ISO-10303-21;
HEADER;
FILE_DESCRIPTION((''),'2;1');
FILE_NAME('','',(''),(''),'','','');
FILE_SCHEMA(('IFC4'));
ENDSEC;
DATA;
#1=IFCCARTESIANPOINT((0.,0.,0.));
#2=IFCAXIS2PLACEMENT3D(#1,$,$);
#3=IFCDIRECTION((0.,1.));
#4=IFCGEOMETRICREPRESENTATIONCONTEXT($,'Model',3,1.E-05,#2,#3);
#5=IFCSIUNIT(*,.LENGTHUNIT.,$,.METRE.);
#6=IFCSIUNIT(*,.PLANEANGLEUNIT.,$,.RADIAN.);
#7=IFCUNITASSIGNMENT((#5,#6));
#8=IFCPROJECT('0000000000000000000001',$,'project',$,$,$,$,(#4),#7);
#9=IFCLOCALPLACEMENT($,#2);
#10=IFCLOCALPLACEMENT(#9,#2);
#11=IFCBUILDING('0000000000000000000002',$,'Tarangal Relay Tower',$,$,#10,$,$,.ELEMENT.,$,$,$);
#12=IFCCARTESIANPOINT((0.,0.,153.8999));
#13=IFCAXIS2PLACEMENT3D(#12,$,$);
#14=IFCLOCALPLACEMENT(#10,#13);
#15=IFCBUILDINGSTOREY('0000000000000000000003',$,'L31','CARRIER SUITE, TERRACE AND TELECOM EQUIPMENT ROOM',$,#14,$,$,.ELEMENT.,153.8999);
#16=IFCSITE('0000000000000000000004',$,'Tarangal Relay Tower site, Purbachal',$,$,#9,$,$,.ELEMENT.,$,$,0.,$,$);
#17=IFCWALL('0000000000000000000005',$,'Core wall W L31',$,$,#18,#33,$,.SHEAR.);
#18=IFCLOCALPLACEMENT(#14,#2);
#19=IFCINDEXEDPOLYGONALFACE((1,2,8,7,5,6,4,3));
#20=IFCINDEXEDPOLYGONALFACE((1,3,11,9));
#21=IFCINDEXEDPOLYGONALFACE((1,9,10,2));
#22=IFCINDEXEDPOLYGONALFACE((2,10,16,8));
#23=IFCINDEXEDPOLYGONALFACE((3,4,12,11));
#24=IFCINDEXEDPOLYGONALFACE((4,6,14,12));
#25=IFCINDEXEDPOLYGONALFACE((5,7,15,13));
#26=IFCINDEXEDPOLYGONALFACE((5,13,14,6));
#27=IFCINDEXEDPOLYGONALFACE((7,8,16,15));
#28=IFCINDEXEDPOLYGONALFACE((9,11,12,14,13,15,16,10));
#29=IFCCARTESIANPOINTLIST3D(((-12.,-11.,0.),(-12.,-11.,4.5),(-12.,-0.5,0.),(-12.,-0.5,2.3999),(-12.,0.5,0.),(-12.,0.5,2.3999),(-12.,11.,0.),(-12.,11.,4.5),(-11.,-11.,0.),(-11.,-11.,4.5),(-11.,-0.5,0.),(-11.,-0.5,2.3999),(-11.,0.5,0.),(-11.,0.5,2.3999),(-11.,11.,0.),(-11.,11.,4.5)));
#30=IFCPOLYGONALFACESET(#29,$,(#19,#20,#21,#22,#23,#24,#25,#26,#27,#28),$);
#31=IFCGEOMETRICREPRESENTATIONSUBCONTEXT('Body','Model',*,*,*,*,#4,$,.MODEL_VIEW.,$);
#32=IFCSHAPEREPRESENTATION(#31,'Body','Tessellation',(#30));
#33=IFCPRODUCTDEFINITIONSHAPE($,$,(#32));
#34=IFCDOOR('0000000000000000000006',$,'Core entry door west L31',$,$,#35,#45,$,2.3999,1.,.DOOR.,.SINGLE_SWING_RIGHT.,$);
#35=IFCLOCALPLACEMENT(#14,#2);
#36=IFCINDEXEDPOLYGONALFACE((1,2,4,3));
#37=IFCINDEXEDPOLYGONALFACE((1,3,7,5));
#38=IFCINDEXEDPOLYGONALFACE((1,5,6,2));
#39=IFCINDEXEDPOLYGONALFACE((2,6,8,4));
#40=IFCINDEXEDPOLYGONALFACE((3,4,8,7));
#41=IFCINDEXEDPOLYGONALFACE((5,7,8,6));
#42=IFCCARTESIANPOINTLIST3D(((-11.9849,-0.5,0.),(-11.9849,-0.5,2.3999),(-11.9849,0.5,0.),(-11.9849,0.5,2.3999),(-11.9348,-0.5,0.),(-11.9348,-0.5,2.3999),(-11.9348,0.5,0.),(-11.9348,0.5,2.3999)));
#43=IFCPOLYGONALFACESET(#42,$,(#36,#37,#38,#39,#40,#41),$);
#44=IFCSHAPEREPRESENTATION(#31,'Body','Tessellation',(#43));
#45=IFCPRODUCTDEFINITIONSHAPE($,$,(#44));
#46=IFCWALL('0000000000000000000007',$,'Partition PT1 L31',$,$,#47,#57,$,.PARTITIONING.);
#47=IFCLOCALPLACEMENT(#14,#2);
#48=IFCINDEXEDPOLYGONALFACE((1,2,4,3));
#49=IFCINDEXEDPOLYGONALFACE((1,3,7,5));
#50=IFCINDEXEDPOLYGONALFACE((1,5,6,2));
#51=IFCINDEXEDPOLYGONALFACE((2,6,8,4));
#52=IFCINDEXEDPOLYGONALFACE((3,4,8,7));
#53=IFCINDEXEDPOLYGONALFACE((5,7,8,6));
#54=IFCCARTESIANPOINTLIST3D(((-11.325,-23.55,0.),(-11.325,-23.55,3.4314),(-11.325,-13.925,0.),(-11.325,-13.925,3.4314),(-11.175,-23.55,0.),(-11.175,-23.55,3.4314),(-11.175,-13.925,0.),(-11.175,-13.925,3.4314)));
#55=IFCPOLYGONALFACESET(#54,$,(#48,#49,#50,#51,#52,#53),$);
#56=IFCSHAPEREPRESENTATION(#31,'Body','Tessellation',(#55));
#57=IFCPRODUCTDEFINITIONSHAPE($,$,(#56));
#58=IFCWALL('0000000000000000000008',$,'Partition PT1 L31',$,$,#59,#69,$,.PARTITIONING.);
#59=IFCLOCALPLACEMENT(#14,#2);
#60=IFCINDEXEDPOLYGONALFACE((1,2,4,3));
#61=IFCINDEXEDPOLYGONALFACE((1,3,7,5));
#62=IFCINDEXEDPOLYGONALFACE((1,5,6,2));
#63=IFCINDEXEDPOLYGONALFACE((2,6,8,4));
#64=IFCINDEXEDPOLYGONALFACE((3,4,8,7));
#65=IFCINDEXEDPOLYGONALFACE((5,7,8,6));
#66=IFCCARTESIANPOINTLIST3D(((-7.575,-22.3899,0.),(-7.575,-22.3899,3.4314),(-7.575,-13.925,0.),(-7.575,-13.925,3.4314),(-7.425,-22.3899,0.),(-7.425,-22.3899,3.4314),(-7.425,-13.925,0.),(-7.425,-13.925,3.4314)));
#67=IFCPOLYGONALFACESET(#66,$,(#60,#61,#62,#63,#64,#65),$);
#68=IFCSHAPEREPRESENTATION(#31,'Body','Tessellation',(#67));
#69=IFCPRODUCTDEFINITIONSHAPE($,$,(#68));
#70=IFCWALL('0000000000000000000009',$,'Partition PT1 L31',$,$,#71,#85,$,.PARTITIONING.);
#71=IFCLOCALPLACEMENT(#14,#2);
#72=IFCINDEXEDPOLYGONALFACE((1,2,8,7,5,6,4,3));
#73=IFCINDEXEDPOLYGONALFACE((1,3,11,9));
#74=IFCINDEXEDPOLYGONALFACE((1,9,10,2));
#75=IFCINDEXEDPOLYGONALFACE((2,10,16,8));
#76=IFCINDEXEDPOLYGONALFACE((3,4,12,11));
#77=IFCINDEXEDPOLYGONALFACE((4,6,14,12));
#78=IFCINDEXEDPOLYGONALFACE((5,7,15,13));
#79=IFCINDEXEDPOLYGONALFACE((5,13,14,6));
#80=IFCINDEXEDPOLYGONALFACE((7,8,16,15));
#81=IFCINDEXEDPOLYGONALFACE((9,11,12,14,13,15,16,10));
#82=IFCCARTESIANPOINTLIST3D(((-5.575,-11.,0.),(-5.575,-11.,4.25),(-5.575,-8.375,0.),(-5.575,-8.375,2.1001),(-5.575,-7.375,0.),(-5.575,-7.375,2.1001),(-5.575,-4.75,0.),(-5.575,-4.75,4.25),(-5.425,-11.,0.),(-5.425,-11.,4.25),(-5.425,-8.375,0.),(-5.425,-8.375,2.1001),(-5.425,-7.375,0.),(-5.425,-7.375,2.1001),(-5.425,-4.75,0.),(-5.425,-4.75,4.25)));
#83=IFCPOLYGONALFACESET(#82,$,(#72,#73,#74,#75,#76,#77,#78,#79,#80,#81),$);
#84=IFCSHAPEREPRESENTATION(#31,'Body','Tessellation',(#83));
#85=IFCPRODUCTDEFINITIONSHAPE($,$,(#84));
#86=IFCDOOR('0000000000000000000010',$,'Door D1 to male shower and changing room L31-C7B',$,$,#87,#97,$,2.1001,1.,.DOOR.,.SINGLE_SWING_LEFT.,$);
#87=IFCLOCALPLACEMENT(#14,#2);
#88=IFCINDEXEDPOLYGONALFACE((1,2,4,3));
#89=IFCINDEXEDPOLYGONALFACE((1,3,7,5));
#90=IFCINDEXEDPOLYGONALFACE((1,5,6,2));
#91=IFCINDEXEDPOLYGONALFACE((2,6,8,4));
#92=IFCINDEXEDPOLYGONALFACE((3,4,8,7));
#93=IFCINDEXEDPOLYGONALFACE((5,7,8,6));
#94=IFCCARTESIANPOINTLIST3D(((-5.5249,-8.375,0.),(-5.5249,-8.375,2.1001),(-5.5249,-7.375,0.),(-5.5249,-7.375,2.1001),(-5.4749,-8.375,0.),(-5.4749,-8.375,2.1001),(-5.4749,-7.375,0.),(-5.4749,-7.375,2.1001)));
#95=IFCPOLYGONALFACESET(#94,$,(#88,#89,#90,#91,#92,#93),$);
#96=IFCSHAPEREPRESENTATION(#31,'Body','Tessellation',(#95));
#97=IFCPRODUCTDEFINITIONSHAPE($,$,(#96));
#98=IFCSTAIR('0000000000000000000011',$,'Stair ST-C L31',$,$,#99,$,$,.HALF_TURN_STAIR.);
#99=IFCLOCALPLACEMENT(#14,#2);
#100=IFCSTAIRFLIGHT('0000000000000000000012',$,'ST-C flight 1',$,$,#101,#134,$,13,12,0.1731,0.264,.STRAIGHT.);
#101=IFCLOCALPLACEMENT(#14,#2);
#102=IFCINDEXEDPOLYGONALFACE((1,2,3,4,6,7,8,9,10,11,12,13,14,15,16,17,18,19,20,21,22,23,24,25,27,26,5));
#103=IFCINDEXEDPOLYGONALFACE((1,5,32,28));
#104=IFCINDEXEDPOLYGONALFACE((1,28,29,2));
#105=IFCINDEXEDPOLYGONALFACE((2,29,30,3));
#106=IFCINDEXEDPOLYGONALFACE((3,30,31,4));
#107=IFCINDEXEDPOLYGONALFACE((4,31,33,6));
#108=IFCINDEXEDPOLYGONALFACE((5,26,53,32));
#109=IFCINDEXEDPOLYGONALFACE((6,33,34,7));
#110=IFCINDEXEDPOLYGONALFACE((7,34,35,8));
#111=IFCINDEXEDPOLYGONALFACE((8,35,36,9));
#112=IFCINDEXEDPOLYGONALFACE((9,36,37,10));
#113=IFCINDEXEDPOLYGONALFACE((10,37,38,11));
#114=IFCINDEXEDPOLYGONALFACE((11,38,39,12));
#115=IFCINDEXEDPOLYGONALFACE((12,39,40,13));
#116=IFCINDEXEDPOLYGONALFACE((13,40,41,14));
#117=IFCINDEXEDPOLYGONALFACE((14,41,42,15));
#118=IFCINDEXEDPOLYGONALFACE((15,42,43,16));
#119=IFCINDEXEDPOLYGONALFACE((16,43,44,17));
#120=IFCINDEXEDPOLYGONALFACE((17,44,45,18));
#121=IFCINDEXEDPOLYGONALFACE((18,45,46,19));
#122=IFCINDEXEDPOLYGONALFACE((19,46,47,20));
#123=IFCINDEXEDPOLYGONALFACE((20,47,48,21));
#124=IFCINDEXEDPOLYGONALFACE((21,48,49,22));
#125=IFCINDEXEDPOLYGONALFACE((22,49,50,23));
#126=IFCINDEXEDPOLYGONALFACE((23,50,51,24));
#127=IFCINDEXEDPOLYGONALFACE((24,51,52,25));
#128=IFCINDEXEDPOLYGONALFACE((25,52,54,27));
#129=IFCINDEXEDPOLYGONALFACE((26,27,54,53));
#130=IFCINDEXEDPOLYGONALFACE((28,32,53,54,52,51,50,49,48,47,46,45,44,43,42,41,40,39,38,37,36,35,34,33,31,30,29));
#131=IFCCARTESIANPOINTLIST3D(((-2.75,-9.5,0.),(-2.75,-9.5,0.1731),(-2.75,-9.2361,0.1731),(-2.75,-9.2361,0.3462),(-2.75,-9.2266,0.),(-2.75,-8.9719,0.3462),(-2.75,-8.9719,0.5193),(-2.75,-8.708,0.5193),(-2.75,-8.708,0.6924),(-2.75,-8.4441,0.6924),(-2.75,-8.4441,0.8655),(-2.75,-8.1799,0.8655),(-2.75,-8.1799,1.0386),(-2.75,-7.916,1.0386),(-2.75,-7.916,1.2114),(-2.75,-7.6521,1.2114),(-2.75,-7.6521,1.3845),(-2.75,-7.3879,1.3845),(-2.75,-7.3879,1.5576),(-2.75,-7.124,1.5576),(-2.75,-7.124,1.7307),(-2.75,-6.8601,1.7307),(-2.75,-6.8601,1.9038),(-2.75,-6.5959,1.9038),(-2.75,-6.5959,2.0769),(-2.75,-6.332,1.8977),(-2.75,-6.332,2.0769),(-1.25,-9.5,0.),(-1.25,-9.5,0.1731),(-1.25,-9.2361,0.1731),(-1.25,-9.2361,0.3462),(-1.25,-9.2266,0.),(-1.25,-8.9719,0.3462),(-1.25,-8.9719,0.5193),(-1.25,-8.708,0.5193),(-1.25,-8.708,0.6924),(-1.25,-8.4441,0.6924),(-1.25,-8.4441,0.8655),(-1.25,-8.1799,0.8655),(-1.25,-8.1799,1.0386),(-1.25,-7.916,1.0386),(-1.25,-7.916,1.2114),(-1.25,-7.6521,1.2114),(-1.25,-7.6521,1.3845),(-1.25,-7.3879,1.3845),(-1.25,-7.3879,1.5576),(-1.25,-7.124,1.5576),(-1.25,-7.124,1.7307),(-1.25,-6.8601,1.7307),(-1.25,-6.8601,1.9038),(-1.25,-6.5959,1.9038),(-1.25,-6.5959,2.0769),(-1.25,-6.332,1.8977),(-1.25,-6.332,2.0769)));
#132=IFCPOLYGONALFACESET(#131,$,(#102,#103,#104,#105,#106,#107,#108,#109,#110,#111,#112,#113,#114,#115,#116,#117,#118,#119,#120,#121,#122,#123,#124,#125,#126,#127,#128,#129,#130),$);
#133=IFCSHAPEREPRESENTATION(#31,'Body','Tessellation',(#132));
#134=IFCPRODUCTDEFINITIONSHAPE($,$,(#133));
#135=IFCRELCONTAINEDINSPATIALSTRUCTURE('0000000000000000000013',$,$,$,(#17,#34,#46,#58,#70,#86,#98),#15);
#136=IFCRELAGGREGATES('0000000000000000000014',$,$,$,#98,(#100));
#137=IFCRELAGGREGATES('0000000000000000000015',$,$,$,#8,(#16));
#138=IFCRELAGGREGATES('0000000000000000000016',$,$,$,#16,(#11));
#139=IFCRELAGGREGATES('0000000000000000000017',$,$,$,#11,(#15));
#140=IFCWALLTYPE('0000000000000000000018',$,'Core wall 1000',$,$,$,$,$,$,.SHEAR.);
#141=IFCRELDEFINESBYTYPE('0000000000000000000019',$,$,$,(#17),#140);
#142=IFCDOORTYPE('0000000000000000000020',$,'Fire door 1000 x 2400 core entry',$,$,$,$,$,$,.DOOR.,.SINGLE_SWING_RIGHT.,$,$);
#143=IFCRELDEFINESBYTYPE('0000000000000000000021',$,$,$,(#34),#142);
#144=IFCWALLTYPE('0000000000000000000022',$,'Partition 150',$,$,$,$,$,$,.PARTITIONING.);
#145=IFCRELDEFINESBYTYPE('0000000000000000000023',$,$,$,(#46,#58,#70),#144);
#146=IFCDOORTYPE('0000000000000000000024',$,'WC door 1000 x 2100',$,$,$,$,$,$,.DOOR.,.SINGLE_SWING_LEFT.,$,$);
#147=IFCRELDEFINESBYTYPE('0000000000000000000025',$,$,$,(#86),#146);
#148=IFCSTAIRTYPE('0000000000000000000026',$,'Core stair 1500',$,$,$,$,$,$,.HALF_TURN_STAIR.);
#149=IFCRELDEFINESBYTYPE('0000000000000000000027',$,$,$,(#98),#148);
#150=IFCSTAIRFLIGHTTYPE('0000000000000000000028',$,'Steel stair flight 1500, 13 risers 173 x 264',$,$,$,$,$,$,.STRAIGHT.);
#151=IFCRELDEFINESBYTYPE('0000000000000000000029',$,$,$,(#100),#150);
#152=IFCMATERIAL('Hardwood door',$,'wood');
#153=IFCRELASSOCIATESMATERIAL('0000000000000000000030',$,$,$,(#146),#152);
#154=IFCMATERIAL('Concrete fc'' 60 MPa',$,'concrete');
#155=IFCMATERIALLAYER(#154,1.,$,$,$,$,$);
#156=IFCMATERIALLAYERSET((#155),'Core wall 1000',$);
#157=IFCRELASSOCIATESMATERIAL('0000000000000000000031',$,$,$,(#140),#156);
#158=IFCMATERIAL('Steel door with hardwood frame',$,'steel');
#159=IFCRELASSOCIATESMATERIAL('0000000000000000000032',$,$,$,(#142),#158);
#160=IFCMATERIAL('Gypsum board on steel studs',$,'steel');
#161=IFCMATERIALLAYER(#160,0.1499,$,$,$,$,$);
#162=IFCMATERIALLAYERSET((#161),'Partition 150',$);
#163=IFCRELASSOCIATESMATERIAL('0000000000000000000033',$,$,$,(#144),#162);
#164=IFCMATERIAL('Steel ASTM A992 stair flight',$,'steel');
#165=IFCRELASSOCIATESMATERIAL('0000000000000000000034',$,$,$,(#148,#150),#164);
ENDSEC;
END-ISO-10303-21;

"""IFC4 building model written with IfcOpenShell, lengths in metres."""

from ifc_helpers import new_model, si_unit, direction, frame, frame_2d, origin, place, context, subcontext, project, spatial, polyline, rectangle, outline, extrude, material, layer, layer_set, type_object, element, fill, aggregate, save


model = new_model("IFC4")

# Units and contexts
model_context = context("Model", 3, precision=1e-05, world=origin(), true_north=direction((0.0, 1.0)))
body_context = subcontext(model_context, "Body", "Model", "MODEL_VIEW")
ifc_project = project(units=[si_unit("LENGTHUNIT", "METRE"), si_unit("PLANEANGLEUNIT", "RADIAN")], contexts=[model_context])

# Site, building, storey
site_placement = place(None, origin())
site = spatial("IfcSite", under=ifc_project, at=site_placement, Name="Tarangal Relay Tower site, Purbachal", CompositionType="ELEMENT", RefElevation=0.0)
building_placement = place(site_placement, origin())
building = spatial("IfcBuilding", under=site, at=building_placement, Name="Tarangal Relay Tower", CompositionType="ELEMENT")
storey_placement = place(building_placement, frame((0.0, 0.0, 153.8999)))
storey = spatial("IfcBuildingStorey", under=building, at=storey_placement, Name="L31", Description="CARRIER SUITE, TERRACE AND TELECOM EQUIPMENT ROOM", CompositionType="ELEMENT", Elevation=153.8999)

# Shared definitions
ifc_material_1 = material(Name="Concrete fc' 60 MPa", Category="concrete")

# Shared definitions
ifc_material_2 = material(Name="Hardwood door", Category="wood")
door_type_1 = type_object("IfcDoorType", Name="WC door 1000 x 2100", OperationType="SINGLE_SWING_LEFT", PredefinedType="DOOR", material=ifc_material_2)

# Wall, opening, door
ifc_layer_1 = layer(ifc_material_1, 1.0)
ifc_layer_set_1 = layer_set([ifc_layer_1], Name="Core wall 1000")
wall_type_1 = type_object("IfcWallType", Name="Core wall 1000", PredefinedType="SHEAR", material=ifc_layer_set_1)
wall_1_placement = place(storey_placement, frame((-11.5, -11.0, 0.0), z_axis=(0.0, 0.0, 1.0), x_axis=(0.0, 1.0, 0.0)))
wall_1 = element("IfcWall", 1, at=wall_1_placement, inside=storey, type_object=wall_type_1, Name="Core wall W L31", PredefinedType="SHEAR", context=body_context, shape_type="SweptSolid", body=[
    extrude(rectangle(XDim=22.0, YDim=1.0, at=frame_2d((11.0, 0.0))), origin(), (0.0, 0.0, 1.0), 4.5),
])
opening_1_placement = place(wall_1_placement, frame((10.5, 0.0, 0.0)))
opening_1 = element("IfcOpeningElement", 2, at=opening_1_placement, cuts=wall_1, PredefinedType="OPENING", context=body_context, shape_type="SweptSolid", body=[
    extrude(rectangle(XDim=1.0, YDim=2.3999, at=frame_2d((0.5, 1.2))), frame((0.0, 0.51, 0.0), z_axis=(0.0, -1.0, 0.0), x_axis=(1.0, 0.0, 0.0)), (0.0, 0.0, 1.0), 1.02),
])
ifc_material_3 = material(Name="Steel door with hardwood frame", Category="steel")
door_type_2 = type_object("IfcDoorType", Name="Fire door 1000 x 2400 core entry", OperationType="SINGLE_SWING_RIGHT", PredefinedType="DOOR", material=ifc_material_3)
door_1_placement = place(opening_1_placement, origin())
door_1 = element("IfcDoor", 3, at=door_1_placement, inside=storey, type_object=door_type_2, Name="Core entry door west L31", OperationType="SINGLE_SWING_RIGHT", OverallHeight=2.3999, OverallWidth=1.0, PredefinedType="DOOR", context=body_context, shape_type="SweptSolid", body=[
    extrude(rectangle(XDim=1.0, YDim=2.3999, at=frame_2d((0.5, 1.2))), frame((0.0, 0.4849, 0.0), z_axis=(0.0, -1.0, 0.0), x_axis=(1.0, 0.0, 0.0)), (0.0, 0.0, 1.0), 0.05),
])
fill(opening_1, door_1)

# Walls
ifc_material_4 = material(Name="Gypsum board on steel studs", Category="steel")
ifc_layer_2 = layer(ifc_material_4, 0.1499)
ifc_layer_set_2 = layer_set([ifc_layer_2], Name="Partition 150")
wall_type_2 = type_object("IfcWallType", Name="Partition 150", PredefinedType="PARTITIONING", material=ifc_layer_set_2)
wall_2_placement = place(storey_placement, frame((-11.25, -23.55, 0.0), z_axis=(0.0, 0.0, 1.0), x_axis=(0.0, 1.0, 0.0)))
element("IfcWall", 4, at=wall_2_placement, inside=storey, type_object=wall_type_2, Name="Partition PT1 L31", PredefinedType="PARTITIONING", context=body_context, shape_type="SweptSolid", body=[
    extrude(rectangle(XDim=9.625, YDim=0.1499, at=frame_2d((4.8125, 0.0))), origin(), (0.0, 0.0, 1.0), 3.4314),
])
wall_3_placement = place(storey_placement, frame((-7.5, -22.3899, 0.0), z_axis=(0.0, 0.0, 1.0), x_axis=(0.0, 1.0, 0.0)))
element("IfcWall", 5, at=wall_3_placement, inside=storey, type_object=wall_type_2, Name="Partition PT1 L31", PredefinedType="PARTITIONING", context=body_context, shape_type="SweptSolid", body=[
    extrude(rectangle(XDim=8.4648, YDim=0.1499, at=frame_2d((4.2324, 0.0))), origin(), (0.0, 0.0, 1.0), 3.4314),
])

# Wall, opening, door
wall_4_placement = place(storey_placement, frame((-5.5, -11.0, 0.0), z_axis=(0.0, 0.0, 1.0), x_axis=(0.0, 1.0, 0.0)))
wall_4 = element("IfcWall", 6, at=wall_4_placement, inside=storey, type_object=wall_type_2, Name="Partition PT1 L31", PredefinedType="PARTITIONING", context=body_context, shape_type="SweptSolid", body=[
    extrude(rectangle(XDim=6.25, YDim=0.1499, at=frame_2d((3.125, 0.0))), origin(), (0.0, 0.0, 1.0), 4.25),
])
opening_2_placement = place(wall_4_placement, frame((2.625, 0.0, 0.0)))
opening_2 = element("IfcOpeningElement", 7, at=opening_2_placement, cuts=wall_4, PredefinedType="OPENING", context=body_context, shape_type="SweptSolid", body=[
    extrude(rectangle(XDim=1.0, YDim=2.1001, at=frame_2d((0.5, 1.05))), frame((0.0, 0.085, 0.0), z_axis=(0.0, -1.0, 0.0), x_axis=(1.0, 0.0, 0.0)), (0.0, 0.0, 1.0), 0.1699),
])
door_2_placement = place(opening_2_placement, origin())
door_2 = element("IfcDoor", 8, at=door_2_placement, inside=storey, type_object=door_type_1, Name="Door D1 to male shower and changing room L31-C7B", OperationType="SINGLE_SWING_LEFT", OverallHeight=2.1001, OverallWidth=1.0, PredefinedType="DOOR", context=body_context, shape_type="SweptSolid", body=[
    extrude(rectangle(XDim=1.0, YDim=2.1001, at=frame_2d((0.5, 1.05))), frame((0.0, 0.0249, 0.0), z_axis=(0.0, -1.0, 0.0), x_axis=(1.0, 0.0, 0.0)), (0.0, 0.0, 1.0), 0.05),
])
fill(opening_2, door_2)

# Stair, stair flight
ifc_material_5 = material(Name="Steel ASTM A992 stair flight", Category="steel")
stair_type = type_object("IfcStairType", Name="Core stair 1500", PredefinedType="HALF_TURN_STAIR", material=ifc_material_5)
stair_placement = place(storey_placement, origin())
stair = element("IfcStair", 9, at=stair_placement, inside=storey, type_object=stair_type, Name="Stair ST-C L31", PredefinedType="HALF_TURN_STAIR")
stair_flight_type = type_object("IfcStairFlightType", Name="Steel stair flight 1500, 13 risers 173 x 264", PredefinedType="STRAIGHT", material=ifc_material_5)
stair_flight_placement = place(storey_placement, frame((-2.0, -9.5, 0.0), z_axis=(0.0, 0.0, 1.0), x_axis=(0.0, 1.0, 0.0)))
stair_flight = element("IfcStairFlight", 10, at=stair_flight_placement, type_object=stair_flight_type, Name="ST-C flight 1", NumberOfRisers=13, NumberOfTreads=12, PredefinedType="STRAIGHT", RiserHeight=0.1731, TreadLength=0.264, context=body_context, shape_type="SweptSolid", body=[
    extrude(outline(polyline([(0.0, 0.0), (0.0, 0.1731), (0.2639, 0.1731), (0.2639, 0.3462), (0.5281, 0.3462), (0.5281, 0.5193), (0.792, 0.5193), (0.792, 0.6924), (1.0559, 0.6924), (1.0559, 0.8655), (1.3201, 0.8655), (1.3201, 1.0386), (1.584, 1.0386), (1.584, 1.2114), (1.8479, 1.2114), (1.8479, 1.3845), (2.1121, 1.3845), (2.1121, 1.5576), (2.376, 1.5576), (2.376, 1.7307), (2.6399, 1.7307), (2.6399, 1.9038), (2.9041, 1.9038), (2.9041, 2.0769), (3.168, 2.0769), (3.168, 2.25), (3.168, 1.8977), (0.2734, 0.0), (0.0, 0.0)])), frame((0.0, 0.75, 0.0), z_axis=(0.0, -1.0, 0.0), x_axis=(1.0, 0.0, 0.0)), (0.0, 0.0, 1.0), 1.5),
])
aggregate(stair, [stair_flight])

save(model, "model.ifc")
